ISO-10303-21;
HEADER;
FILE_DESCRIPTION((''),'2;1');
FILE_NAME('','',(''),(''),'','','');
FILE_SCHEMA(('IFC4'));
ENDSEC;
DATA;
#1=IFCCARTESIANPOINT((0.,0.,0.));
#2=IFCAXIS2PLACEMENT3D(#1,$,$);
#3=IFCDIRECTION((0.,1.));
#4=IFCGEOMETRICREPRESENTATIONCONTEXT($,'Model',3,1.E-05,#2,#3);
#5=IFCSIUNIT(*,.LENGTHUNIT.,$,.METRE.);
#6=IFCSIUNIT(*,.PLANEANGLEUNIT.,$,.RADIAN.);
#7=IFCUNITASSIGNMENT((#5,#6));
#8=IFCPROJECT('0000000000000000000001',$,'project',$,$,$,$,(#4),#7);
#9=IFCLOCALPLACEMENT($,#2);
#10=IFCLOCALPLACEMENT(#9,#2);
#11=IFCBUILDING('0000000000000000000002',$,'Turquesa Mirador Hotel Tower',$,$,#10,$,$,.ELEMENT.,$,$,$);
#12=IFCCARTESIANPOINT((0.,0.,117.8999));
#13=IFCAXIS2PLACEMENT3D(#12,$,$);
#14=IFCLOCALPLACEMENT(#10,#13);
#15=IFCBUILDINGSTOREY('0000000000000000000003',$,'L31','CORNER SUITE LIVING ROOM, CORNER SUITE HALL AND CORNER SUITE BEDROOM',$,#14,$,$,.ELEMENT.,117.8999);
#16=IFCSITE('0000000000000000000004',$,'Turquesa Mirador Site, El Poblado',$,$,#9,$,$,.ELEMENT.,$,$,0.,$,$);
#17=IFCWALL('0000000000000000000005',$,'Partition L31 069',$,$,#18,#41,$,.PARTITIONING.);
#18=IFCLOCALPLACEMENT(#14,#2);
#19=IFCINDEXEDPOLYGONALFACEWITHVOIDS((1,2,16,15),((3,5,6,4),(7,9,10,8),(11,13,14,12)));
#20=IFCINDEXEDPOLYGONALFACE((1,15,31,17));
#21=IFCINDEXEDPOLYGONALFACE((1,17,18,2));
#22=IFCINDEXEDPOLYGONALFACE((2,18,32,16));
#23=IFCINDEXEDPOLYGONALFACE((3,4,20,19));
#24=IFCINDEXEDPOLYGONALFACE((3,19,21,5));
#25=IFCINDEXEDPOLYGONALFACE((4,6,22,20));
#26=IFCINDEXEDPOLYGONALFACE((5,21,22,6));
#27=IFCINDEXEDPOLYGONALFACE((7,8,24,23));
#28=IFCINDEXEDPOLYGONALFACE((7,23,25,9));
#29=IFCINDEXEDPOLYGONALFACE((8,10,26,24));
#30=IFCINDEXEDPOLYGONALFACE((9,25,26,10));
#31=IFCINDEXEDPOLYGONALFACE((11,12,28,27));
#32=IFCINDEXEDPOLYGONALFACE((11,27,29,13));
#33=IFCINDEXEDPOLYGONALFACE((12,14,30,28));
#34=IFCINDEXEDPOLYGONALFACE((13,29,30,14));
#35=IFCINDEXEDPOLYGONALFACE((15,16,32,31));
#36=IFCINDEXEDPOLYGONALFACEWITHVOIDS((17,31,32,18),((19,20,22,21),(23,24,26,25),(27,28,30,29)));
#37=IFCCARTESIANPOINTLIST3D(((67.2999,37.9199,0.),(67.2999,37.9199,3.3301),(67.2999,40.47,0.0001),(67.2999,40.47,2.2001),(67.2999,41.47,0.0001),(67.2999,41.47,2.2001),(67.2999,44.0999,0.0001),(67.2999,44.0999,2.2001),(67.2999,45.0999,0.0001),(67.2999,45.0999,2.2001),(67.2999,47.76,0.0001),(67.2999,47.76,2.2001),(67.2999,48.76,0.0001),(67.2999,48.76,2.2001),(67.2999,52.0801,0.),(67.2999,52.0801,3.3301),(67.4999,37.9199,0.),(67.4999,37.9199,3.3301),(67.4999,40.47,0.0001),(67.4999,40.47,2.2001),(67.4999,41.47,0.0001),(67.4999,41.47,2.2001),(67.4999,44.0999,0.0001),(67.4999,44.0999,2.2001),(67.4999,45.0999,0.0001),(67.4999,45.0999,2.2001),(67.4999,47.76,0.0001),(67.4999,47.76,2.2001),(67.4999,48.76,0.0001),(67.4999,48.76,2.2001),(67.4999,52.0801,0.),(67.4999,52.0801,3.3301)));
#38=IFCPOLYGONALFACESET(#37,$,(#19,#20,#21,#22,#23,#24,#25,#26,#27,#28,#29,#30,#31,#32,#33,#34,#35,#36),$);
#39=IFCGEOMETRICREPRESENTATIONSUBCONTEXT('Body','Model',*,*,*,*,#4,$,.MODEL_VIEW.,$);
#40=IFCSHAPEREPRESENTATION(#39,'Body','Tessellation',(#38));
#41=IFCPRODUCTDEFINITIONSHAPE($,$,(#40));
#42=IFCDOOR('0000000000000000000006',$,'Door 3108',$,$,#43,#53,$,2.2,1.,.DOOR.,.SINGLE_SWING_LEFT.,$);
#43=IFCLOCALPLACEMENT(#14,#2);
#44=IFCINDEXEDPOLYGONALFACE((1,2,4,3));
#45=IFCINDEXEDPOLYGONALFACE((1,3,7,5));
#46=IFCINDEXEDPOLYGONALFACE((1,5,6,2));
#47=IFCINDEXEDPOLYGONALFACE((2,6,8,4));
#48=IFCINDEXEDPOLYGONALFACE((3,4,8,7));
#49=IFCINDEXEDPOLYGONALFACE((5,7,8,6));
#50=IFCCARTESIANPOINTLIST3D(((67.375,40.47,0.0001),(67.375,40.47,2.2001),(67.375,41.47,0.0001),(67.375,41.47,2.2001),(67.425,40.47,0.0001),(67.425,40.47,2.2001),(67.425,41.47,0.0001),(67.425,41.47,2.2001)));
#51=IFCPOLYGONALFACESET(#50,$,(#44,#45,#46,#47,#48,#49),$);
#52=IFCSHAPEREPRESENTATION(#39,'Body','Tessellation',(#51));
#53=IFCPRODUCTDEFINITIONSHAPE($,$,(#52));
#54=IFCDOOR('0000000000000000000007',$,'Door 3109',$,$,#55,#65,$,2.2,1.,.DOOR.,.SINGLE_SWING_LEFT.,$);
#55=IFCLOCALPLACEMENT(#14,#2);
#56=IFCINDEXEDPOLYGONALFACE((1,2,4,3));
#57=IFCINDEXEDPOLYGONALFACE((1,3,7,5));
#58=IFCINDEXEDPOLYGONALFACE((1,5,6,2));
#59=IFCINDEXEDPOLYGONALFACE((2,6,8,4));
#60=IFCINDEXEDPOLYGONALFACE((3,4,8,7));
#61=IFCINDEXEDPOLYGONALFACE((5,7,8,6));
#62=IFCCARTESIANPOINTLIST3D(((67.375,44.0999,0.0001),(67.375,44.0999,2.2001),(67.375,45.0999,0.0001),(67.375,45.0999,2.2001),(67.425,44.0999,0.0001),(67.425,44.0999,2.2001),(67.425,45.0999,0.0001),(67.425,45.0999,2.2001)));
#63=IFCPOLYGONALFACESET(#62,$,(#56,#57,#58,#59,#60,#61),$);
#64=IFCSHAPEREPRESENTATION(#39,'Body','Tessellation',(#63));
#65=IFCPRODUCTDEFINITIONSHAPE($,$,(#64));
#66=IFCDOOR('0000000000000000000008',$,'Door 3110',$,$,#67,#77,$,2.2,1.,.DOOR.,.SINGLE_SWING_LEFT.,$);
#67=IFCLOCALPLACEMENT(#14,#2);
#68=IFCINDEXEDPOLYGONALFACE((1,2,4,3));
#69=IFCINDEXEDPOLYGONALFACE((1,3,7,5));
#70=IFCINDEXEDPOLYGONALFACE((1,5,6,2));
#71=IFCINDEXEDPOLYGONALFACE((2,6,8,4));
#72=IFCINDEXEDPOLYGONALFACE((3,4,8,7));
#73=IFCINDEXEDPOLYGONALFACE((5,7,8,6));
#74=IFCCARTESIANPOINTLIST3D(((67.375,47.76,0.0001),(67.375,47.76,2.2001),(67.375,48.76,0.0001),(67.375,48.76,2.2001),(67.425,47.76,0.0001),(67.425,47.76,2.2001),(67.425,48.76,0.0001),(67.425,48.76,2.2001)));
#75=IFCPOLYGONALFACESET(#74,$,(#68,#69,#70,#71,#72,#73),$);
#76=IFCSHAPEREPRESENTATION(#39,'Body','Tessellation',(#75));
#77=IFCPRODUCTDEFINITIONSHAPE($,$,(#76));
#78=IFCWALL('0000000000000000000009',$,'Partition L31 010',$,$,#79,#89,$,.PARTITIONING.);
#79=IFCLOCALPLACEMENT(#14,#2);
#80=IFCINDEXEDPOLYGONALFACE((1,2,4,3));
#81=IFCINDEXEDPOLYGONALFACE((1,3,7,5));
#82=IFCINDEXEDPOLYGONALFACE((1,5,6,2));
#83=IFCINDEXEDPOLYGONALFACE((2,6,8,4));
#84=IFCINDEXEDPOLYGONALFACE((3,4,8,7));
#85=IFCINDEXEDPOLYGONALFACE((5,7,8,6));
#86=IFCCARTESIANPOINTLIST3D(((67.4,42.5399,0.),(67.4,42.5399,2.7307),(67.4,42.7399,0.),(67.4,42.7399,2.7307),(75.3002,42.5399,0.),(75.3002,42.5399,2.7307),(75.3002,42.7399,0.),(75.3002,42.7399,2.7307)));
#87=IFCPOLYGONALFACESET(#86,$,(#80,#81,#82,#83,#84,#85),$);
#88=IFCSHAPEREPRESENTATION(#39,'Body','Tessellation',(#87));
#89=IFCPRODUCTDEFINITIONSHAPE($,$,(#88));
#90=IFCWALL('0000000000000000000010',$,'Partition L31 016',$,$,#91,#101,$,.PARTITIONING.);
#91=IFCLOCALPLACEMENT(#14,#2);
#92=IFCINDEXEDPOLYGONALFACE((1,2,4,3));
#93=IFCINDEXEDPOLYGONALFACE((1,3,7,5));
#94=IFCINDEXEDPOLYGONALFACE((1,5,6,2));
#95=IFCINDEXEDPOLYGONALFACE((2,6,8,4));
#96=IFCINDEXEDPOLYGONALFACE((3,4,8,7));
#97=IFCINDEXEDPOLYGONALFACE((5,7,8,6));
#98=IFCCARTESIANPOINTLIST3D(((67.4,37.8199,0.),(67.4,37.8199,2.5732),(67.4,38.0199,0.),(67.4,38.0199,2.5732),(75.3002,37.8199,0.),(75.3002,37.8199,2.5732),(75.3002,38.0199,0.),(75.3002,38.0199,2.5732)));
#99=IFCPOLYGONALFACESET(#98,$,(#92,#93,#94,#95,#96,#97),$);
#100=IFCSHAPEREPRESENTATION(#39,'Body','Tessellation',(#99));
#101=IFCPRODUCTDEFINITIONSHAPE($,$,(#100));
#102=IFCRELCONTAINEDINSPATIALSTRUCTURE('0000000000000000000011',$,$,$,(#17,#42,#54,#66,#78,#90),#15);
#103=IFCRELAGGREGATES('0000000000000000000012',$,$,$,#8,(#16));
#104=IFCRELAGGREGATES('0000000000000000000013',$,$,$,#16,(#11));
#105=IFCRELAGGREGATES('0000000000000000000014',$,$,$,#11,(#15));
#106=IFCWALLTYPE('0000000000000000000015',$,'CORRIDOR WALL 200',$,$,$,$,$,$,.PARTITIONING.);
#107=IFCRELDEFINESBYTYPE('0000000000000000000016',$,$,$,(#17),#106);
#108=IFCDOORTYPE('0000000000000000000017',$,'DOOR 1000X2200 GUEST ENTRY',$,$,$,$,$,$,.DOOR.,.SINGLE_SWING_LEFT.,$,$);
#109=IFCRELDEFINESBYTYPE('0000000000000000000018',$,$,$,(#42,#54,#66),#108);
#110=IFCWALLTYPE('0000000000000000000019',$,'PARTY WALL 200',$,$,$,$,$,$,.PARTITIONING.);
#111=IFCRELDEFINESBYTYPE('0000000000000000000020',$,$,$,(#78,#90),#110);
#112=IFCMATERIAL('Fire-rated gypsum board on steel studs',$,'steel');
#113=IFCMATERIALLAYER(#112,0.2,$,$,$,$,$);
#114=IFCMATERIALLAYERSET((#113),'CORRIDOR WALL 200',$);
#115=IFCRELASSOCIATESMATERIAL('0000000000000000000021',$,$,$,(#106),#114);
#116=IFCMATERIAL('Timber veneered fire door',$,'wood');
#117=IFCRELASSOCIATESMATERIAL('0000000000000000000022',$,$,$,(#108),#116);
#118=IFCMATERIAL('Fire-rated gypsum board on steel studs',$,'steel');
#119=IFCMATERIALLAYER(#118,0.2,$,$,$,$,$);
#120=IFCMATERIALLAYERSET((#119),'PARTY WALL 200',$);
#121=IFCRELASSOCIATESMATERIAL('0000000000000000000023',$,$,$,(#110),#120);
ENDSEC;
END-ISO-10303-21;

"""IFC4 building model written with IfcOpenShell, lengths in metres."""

from ifc_helpers import new_model, si_unit, direction, frame, frame_2d, origin, place, context, subcontext, project, spatial, rectangle, extrude, material, layer, layer_set, type_object, element, fill, save


model = new_model("IFC4")

# Units and contexts
model_context = context("Model", 3, precision=1e-05, world=origin(), true_north=direction((0.0, 1.0)))
body_context = subcontext(model_context, "Body", "Model", "MODEL_VIEW")
ifc_project = project(units=[si_unit("LENGTHUNIT", "METRE"), si_unit("PLANEANGLEUNIT", "RADIAN")], contexts=[model_context])

# Site, building, storey
site_placement = place(None, origin())
site = spatial("IfcSite", under=ifc_project, at=site_placement, Name="Turquesa Mirador Site, El Poblado", CompositionType="ELEMENT", RefElevation=0.0)
building_placement = place(site_placement, origin())
building = spatial("IfcBuilding", under=site, at=building_placement, Name="Turquesa Mirador Hotel Tower", CompositionType="ELEMENT")
storey_placement = place(building_placement, frame((0.0, 0.0, 117.8999)))
storey = spatial("IfcBuildingStorey", under=building, at=storey_placement, Name="L31", Description="CORNER SUITE LIVING ROOM, CORNER SUITE HALL AND CORNER SUITE BEDROOM", CompositionType="ELEMENT", Elevation=117.8999)

# Shared definitions
ifc_material_1 = material(Name="Fire-rated gypsum board on steel studs", Category="steel")
ifc_layer_1 = layer(ifc_material_1, 0.2)
ifc_layer_set_1 = layer_set([ifc_layer_1], Name="CORRIDOR WALL 200")
wall_type_1 = type_object("IfcWallType", Name="CORRIDOR WALL 200", PredefinedType="PARTITIONING", material=ifc_layer_set_1)

# Wall, openings, doors
wall_1_placement = place(storey_placement, frame((67.3999, 37.9199, 0.0), z_axis=(0.0, 0.0, 1.0), x_axis=(0.0, 1.0, 0.0)))
wall_1 = element("IfcWall", 1, at=wall_1_placement, inside=storey, type_object=wall_type_1, Name="Partition L31 069", PredefinedType="PARTITIONING", context=body_context, shape_type="SweptSolid", body=[
    extrude(rectangle(XDim=14.1602, YDim=0.2, at=frame_2d((7.0801, 0.0))), origin(), (0.0, 0.0, 1.0), 3.3301),
])
opening_1_placement = place(wall_1_placement, frame((2.55, 0.0, 0.0)))
opening_1 = element("IfcOpeningElement", 2, at=opening_1_placement, cuts=wall_1, PredefinedType="OPENING", context=body_context, shape_type="SweptSolid", body=[
    extrude(rectangle(XDim=1.0, YDim=2.2, at=frame_2d((0.5, 1.1001))), frame((0.0, 0.1099, 0.0), z_axis=(0.0, -1.0, 0.0), x_axis=(1.0, 0.0, 0.0)), (0.0, 0.0, 1.0), 0.22),
])
opening_2_placement = place(wall_1_placement, frame((6.1799, 0.0, 0.0)))
opening_2 = element("IfcOpeningElement", 3, at=opening_2_placement, cuts=wall_1, PredefinedType="OPENING", context=body_context, shape_type="SweptSolid", body=[
    extrude(rectangle(XDim=1.0, YDim=2.2, at=frame_2d((0.5, 1.1001))), frame((0.0, 0.1099, 0.0), z_axis=(0.0, -1.0, 0.0), x_axis=(1.0, 0.0, 0.0)), (0.0, 0.0, 1.0), 0.22),
])
opening_3_placement = place(wall_1_placement, frame((9.8401, 0.0, 0.0)))
opening_3 = element("IfcOpeningElement", 4, at=opening_3_placement, cuts=wall_1, PredefinedType="OPENING", context=body_context, shape_type="SweptSolid", body=[
    extrude(rectangle(XDim=1.0, YDim=2.2, at=frame_2d((0.5, 1.1001))), frame((0.0, 0.1099, 0.0), z_axis=(0.0, -1.0, 0.0), x_axis=(1.0, 0.0, 0.0)), (0.0, 0.0, 1.0), 0.22),
])
ifc_material_2 = material(Name="Timber veneered fire door", Category="wood")
door_type_1 = type_object("IfcDoorType", Name="DOOR 1000X2200 GUEST ENTRY", OperationType="SINGLE_SWING_LEFT", PredefinedType="DOOR", material=ifc_material_2)
door_1_placement = place(opening_1_placement, origin())
door_1 = element("IfcDoor", 5, at=door_1_placement, inside=storey, type_object=door_type_1, Name="Door 3108", OperationType="SINGLE_SWING_LEFT", OverallHeight=2.2, OverallWidth=1.0, PredefinedType="DOOR", context=body_context, shape_type="SweptSolid", body=[
    extrude(rectangle(XDim=1.0, YDim=2.2, at=frame_2d((0.5, 1.1001))), frame((0.0, 0.0249, 0.0), z_axis=(0.0, -1.0, 0.0), x_axis=(1.0, 0.0, 0.0)), (0.0, 0.0, 1.0), 0.05),
])
fill(opening_1, door_1)
door_2_placement = place(opening_2_placement, origin())
door_2 = element("IfcDoor", 6, at=door_2_placement, inside=storey, type_object=door_type_1, Name="Door 3109", OperationType="SINGLE_SWING_LEFT", OverallHeight=2.2, OverallWidth=1.0, PredefinedType="DOOR", context=body_context, shape_type="SweptSolid", body=[
    extrude(rectangle(XDim=1.0, YDim=2.2, at=frame_2d((0.5, 1.1001))), frame((0.0, 0.0249, 0.0), z_axis=(0.0, -1.0, 0.0), x_axis=(1.0, 0.0, 0.0)), (0.0, 0.0, 1.0), 0.05),
])
fill(opening_2, door_2)
door_3_placement = place(opening_3_placement, origin())
door_3 = element("IfcDoor", 7, at=door_3_placement, inside=storey, type_object=door_type_1, Name="Door 3110", OperationType="SINGLE_SWING_LEFT", OverallHeight=2.2, OverallWidth=1.0, PredefinedType="DOOR", context=body_context, shape_type="SweptSolid", body=[
    extrude(rectangle(XDim=1.0, YDim=2.2, at=frame_2d((0.5, 1.1001))), frame((0.0, 0.0249, 0.0), z_axis=(0.0, -1.0, 0.0), x_axis=(1.0, 0.0, 0.0)), (0.0, 0.0, 1.0), 0.05),
])
fill(opening_3, door_3)

# Walls
ifc_material_3 = material(Name="Fire-rated gypsum board on steel studs", Category="steel")
ifc_layer_2 = layer(ifc_material_3, 0.2)
ifc_layer_set_2 = layer_set([ifc_layer_2], Name="PARTY WALL 200")
wall_type_2 = type_object("IfcWallType", Name="PARTY WALL 200", PredefinedType="PARTITIONING", material=ifc_layer_set_2)
wall_2_placement = place(storey_placement, frame((67.3999, 42.6399, 0.0), z_axis=(0.0, 0.0, 1.0), x_axis=(1.0, 0.0, 0.0)))
element("IfcWall", 8, at=wall_2_placement, inside=storey, type_object=wall_type_2, Name="Partition L31 010", PredefinedType="PARTITIONING", context=body_context, shape_type="SweptSolid", body=[
    extrude(rectangle(XDim=7.9001, YDim=0.2, at=frame_2d((3.9502, 0.0))), origin(), (0.0, 0.0, 1.0), 2.7307),
])
wall_3_placement = place(storey_placement, frame((67.3999, 37.9199, 0.0), z_axis=(0.0, 0.0, 1.0), x_axis=(1.0, 0.0, 0.0)))
element("IfcWall", 9, at=wall_3_placement, inside=storey, type_object=wall_type_2, Name="Partition L31 016", PredefinedType="PARTITIONING", context=body_context, shape_type="SweptSolid", body=[
    extrude(rectangle(XDim=7.9001, YDim=0.2, at=frame_2d((3.9502, 0.0))), origin(), (0.0, 0.0, 1.0), 2.5732),
])

save(model, "model.ifc")
